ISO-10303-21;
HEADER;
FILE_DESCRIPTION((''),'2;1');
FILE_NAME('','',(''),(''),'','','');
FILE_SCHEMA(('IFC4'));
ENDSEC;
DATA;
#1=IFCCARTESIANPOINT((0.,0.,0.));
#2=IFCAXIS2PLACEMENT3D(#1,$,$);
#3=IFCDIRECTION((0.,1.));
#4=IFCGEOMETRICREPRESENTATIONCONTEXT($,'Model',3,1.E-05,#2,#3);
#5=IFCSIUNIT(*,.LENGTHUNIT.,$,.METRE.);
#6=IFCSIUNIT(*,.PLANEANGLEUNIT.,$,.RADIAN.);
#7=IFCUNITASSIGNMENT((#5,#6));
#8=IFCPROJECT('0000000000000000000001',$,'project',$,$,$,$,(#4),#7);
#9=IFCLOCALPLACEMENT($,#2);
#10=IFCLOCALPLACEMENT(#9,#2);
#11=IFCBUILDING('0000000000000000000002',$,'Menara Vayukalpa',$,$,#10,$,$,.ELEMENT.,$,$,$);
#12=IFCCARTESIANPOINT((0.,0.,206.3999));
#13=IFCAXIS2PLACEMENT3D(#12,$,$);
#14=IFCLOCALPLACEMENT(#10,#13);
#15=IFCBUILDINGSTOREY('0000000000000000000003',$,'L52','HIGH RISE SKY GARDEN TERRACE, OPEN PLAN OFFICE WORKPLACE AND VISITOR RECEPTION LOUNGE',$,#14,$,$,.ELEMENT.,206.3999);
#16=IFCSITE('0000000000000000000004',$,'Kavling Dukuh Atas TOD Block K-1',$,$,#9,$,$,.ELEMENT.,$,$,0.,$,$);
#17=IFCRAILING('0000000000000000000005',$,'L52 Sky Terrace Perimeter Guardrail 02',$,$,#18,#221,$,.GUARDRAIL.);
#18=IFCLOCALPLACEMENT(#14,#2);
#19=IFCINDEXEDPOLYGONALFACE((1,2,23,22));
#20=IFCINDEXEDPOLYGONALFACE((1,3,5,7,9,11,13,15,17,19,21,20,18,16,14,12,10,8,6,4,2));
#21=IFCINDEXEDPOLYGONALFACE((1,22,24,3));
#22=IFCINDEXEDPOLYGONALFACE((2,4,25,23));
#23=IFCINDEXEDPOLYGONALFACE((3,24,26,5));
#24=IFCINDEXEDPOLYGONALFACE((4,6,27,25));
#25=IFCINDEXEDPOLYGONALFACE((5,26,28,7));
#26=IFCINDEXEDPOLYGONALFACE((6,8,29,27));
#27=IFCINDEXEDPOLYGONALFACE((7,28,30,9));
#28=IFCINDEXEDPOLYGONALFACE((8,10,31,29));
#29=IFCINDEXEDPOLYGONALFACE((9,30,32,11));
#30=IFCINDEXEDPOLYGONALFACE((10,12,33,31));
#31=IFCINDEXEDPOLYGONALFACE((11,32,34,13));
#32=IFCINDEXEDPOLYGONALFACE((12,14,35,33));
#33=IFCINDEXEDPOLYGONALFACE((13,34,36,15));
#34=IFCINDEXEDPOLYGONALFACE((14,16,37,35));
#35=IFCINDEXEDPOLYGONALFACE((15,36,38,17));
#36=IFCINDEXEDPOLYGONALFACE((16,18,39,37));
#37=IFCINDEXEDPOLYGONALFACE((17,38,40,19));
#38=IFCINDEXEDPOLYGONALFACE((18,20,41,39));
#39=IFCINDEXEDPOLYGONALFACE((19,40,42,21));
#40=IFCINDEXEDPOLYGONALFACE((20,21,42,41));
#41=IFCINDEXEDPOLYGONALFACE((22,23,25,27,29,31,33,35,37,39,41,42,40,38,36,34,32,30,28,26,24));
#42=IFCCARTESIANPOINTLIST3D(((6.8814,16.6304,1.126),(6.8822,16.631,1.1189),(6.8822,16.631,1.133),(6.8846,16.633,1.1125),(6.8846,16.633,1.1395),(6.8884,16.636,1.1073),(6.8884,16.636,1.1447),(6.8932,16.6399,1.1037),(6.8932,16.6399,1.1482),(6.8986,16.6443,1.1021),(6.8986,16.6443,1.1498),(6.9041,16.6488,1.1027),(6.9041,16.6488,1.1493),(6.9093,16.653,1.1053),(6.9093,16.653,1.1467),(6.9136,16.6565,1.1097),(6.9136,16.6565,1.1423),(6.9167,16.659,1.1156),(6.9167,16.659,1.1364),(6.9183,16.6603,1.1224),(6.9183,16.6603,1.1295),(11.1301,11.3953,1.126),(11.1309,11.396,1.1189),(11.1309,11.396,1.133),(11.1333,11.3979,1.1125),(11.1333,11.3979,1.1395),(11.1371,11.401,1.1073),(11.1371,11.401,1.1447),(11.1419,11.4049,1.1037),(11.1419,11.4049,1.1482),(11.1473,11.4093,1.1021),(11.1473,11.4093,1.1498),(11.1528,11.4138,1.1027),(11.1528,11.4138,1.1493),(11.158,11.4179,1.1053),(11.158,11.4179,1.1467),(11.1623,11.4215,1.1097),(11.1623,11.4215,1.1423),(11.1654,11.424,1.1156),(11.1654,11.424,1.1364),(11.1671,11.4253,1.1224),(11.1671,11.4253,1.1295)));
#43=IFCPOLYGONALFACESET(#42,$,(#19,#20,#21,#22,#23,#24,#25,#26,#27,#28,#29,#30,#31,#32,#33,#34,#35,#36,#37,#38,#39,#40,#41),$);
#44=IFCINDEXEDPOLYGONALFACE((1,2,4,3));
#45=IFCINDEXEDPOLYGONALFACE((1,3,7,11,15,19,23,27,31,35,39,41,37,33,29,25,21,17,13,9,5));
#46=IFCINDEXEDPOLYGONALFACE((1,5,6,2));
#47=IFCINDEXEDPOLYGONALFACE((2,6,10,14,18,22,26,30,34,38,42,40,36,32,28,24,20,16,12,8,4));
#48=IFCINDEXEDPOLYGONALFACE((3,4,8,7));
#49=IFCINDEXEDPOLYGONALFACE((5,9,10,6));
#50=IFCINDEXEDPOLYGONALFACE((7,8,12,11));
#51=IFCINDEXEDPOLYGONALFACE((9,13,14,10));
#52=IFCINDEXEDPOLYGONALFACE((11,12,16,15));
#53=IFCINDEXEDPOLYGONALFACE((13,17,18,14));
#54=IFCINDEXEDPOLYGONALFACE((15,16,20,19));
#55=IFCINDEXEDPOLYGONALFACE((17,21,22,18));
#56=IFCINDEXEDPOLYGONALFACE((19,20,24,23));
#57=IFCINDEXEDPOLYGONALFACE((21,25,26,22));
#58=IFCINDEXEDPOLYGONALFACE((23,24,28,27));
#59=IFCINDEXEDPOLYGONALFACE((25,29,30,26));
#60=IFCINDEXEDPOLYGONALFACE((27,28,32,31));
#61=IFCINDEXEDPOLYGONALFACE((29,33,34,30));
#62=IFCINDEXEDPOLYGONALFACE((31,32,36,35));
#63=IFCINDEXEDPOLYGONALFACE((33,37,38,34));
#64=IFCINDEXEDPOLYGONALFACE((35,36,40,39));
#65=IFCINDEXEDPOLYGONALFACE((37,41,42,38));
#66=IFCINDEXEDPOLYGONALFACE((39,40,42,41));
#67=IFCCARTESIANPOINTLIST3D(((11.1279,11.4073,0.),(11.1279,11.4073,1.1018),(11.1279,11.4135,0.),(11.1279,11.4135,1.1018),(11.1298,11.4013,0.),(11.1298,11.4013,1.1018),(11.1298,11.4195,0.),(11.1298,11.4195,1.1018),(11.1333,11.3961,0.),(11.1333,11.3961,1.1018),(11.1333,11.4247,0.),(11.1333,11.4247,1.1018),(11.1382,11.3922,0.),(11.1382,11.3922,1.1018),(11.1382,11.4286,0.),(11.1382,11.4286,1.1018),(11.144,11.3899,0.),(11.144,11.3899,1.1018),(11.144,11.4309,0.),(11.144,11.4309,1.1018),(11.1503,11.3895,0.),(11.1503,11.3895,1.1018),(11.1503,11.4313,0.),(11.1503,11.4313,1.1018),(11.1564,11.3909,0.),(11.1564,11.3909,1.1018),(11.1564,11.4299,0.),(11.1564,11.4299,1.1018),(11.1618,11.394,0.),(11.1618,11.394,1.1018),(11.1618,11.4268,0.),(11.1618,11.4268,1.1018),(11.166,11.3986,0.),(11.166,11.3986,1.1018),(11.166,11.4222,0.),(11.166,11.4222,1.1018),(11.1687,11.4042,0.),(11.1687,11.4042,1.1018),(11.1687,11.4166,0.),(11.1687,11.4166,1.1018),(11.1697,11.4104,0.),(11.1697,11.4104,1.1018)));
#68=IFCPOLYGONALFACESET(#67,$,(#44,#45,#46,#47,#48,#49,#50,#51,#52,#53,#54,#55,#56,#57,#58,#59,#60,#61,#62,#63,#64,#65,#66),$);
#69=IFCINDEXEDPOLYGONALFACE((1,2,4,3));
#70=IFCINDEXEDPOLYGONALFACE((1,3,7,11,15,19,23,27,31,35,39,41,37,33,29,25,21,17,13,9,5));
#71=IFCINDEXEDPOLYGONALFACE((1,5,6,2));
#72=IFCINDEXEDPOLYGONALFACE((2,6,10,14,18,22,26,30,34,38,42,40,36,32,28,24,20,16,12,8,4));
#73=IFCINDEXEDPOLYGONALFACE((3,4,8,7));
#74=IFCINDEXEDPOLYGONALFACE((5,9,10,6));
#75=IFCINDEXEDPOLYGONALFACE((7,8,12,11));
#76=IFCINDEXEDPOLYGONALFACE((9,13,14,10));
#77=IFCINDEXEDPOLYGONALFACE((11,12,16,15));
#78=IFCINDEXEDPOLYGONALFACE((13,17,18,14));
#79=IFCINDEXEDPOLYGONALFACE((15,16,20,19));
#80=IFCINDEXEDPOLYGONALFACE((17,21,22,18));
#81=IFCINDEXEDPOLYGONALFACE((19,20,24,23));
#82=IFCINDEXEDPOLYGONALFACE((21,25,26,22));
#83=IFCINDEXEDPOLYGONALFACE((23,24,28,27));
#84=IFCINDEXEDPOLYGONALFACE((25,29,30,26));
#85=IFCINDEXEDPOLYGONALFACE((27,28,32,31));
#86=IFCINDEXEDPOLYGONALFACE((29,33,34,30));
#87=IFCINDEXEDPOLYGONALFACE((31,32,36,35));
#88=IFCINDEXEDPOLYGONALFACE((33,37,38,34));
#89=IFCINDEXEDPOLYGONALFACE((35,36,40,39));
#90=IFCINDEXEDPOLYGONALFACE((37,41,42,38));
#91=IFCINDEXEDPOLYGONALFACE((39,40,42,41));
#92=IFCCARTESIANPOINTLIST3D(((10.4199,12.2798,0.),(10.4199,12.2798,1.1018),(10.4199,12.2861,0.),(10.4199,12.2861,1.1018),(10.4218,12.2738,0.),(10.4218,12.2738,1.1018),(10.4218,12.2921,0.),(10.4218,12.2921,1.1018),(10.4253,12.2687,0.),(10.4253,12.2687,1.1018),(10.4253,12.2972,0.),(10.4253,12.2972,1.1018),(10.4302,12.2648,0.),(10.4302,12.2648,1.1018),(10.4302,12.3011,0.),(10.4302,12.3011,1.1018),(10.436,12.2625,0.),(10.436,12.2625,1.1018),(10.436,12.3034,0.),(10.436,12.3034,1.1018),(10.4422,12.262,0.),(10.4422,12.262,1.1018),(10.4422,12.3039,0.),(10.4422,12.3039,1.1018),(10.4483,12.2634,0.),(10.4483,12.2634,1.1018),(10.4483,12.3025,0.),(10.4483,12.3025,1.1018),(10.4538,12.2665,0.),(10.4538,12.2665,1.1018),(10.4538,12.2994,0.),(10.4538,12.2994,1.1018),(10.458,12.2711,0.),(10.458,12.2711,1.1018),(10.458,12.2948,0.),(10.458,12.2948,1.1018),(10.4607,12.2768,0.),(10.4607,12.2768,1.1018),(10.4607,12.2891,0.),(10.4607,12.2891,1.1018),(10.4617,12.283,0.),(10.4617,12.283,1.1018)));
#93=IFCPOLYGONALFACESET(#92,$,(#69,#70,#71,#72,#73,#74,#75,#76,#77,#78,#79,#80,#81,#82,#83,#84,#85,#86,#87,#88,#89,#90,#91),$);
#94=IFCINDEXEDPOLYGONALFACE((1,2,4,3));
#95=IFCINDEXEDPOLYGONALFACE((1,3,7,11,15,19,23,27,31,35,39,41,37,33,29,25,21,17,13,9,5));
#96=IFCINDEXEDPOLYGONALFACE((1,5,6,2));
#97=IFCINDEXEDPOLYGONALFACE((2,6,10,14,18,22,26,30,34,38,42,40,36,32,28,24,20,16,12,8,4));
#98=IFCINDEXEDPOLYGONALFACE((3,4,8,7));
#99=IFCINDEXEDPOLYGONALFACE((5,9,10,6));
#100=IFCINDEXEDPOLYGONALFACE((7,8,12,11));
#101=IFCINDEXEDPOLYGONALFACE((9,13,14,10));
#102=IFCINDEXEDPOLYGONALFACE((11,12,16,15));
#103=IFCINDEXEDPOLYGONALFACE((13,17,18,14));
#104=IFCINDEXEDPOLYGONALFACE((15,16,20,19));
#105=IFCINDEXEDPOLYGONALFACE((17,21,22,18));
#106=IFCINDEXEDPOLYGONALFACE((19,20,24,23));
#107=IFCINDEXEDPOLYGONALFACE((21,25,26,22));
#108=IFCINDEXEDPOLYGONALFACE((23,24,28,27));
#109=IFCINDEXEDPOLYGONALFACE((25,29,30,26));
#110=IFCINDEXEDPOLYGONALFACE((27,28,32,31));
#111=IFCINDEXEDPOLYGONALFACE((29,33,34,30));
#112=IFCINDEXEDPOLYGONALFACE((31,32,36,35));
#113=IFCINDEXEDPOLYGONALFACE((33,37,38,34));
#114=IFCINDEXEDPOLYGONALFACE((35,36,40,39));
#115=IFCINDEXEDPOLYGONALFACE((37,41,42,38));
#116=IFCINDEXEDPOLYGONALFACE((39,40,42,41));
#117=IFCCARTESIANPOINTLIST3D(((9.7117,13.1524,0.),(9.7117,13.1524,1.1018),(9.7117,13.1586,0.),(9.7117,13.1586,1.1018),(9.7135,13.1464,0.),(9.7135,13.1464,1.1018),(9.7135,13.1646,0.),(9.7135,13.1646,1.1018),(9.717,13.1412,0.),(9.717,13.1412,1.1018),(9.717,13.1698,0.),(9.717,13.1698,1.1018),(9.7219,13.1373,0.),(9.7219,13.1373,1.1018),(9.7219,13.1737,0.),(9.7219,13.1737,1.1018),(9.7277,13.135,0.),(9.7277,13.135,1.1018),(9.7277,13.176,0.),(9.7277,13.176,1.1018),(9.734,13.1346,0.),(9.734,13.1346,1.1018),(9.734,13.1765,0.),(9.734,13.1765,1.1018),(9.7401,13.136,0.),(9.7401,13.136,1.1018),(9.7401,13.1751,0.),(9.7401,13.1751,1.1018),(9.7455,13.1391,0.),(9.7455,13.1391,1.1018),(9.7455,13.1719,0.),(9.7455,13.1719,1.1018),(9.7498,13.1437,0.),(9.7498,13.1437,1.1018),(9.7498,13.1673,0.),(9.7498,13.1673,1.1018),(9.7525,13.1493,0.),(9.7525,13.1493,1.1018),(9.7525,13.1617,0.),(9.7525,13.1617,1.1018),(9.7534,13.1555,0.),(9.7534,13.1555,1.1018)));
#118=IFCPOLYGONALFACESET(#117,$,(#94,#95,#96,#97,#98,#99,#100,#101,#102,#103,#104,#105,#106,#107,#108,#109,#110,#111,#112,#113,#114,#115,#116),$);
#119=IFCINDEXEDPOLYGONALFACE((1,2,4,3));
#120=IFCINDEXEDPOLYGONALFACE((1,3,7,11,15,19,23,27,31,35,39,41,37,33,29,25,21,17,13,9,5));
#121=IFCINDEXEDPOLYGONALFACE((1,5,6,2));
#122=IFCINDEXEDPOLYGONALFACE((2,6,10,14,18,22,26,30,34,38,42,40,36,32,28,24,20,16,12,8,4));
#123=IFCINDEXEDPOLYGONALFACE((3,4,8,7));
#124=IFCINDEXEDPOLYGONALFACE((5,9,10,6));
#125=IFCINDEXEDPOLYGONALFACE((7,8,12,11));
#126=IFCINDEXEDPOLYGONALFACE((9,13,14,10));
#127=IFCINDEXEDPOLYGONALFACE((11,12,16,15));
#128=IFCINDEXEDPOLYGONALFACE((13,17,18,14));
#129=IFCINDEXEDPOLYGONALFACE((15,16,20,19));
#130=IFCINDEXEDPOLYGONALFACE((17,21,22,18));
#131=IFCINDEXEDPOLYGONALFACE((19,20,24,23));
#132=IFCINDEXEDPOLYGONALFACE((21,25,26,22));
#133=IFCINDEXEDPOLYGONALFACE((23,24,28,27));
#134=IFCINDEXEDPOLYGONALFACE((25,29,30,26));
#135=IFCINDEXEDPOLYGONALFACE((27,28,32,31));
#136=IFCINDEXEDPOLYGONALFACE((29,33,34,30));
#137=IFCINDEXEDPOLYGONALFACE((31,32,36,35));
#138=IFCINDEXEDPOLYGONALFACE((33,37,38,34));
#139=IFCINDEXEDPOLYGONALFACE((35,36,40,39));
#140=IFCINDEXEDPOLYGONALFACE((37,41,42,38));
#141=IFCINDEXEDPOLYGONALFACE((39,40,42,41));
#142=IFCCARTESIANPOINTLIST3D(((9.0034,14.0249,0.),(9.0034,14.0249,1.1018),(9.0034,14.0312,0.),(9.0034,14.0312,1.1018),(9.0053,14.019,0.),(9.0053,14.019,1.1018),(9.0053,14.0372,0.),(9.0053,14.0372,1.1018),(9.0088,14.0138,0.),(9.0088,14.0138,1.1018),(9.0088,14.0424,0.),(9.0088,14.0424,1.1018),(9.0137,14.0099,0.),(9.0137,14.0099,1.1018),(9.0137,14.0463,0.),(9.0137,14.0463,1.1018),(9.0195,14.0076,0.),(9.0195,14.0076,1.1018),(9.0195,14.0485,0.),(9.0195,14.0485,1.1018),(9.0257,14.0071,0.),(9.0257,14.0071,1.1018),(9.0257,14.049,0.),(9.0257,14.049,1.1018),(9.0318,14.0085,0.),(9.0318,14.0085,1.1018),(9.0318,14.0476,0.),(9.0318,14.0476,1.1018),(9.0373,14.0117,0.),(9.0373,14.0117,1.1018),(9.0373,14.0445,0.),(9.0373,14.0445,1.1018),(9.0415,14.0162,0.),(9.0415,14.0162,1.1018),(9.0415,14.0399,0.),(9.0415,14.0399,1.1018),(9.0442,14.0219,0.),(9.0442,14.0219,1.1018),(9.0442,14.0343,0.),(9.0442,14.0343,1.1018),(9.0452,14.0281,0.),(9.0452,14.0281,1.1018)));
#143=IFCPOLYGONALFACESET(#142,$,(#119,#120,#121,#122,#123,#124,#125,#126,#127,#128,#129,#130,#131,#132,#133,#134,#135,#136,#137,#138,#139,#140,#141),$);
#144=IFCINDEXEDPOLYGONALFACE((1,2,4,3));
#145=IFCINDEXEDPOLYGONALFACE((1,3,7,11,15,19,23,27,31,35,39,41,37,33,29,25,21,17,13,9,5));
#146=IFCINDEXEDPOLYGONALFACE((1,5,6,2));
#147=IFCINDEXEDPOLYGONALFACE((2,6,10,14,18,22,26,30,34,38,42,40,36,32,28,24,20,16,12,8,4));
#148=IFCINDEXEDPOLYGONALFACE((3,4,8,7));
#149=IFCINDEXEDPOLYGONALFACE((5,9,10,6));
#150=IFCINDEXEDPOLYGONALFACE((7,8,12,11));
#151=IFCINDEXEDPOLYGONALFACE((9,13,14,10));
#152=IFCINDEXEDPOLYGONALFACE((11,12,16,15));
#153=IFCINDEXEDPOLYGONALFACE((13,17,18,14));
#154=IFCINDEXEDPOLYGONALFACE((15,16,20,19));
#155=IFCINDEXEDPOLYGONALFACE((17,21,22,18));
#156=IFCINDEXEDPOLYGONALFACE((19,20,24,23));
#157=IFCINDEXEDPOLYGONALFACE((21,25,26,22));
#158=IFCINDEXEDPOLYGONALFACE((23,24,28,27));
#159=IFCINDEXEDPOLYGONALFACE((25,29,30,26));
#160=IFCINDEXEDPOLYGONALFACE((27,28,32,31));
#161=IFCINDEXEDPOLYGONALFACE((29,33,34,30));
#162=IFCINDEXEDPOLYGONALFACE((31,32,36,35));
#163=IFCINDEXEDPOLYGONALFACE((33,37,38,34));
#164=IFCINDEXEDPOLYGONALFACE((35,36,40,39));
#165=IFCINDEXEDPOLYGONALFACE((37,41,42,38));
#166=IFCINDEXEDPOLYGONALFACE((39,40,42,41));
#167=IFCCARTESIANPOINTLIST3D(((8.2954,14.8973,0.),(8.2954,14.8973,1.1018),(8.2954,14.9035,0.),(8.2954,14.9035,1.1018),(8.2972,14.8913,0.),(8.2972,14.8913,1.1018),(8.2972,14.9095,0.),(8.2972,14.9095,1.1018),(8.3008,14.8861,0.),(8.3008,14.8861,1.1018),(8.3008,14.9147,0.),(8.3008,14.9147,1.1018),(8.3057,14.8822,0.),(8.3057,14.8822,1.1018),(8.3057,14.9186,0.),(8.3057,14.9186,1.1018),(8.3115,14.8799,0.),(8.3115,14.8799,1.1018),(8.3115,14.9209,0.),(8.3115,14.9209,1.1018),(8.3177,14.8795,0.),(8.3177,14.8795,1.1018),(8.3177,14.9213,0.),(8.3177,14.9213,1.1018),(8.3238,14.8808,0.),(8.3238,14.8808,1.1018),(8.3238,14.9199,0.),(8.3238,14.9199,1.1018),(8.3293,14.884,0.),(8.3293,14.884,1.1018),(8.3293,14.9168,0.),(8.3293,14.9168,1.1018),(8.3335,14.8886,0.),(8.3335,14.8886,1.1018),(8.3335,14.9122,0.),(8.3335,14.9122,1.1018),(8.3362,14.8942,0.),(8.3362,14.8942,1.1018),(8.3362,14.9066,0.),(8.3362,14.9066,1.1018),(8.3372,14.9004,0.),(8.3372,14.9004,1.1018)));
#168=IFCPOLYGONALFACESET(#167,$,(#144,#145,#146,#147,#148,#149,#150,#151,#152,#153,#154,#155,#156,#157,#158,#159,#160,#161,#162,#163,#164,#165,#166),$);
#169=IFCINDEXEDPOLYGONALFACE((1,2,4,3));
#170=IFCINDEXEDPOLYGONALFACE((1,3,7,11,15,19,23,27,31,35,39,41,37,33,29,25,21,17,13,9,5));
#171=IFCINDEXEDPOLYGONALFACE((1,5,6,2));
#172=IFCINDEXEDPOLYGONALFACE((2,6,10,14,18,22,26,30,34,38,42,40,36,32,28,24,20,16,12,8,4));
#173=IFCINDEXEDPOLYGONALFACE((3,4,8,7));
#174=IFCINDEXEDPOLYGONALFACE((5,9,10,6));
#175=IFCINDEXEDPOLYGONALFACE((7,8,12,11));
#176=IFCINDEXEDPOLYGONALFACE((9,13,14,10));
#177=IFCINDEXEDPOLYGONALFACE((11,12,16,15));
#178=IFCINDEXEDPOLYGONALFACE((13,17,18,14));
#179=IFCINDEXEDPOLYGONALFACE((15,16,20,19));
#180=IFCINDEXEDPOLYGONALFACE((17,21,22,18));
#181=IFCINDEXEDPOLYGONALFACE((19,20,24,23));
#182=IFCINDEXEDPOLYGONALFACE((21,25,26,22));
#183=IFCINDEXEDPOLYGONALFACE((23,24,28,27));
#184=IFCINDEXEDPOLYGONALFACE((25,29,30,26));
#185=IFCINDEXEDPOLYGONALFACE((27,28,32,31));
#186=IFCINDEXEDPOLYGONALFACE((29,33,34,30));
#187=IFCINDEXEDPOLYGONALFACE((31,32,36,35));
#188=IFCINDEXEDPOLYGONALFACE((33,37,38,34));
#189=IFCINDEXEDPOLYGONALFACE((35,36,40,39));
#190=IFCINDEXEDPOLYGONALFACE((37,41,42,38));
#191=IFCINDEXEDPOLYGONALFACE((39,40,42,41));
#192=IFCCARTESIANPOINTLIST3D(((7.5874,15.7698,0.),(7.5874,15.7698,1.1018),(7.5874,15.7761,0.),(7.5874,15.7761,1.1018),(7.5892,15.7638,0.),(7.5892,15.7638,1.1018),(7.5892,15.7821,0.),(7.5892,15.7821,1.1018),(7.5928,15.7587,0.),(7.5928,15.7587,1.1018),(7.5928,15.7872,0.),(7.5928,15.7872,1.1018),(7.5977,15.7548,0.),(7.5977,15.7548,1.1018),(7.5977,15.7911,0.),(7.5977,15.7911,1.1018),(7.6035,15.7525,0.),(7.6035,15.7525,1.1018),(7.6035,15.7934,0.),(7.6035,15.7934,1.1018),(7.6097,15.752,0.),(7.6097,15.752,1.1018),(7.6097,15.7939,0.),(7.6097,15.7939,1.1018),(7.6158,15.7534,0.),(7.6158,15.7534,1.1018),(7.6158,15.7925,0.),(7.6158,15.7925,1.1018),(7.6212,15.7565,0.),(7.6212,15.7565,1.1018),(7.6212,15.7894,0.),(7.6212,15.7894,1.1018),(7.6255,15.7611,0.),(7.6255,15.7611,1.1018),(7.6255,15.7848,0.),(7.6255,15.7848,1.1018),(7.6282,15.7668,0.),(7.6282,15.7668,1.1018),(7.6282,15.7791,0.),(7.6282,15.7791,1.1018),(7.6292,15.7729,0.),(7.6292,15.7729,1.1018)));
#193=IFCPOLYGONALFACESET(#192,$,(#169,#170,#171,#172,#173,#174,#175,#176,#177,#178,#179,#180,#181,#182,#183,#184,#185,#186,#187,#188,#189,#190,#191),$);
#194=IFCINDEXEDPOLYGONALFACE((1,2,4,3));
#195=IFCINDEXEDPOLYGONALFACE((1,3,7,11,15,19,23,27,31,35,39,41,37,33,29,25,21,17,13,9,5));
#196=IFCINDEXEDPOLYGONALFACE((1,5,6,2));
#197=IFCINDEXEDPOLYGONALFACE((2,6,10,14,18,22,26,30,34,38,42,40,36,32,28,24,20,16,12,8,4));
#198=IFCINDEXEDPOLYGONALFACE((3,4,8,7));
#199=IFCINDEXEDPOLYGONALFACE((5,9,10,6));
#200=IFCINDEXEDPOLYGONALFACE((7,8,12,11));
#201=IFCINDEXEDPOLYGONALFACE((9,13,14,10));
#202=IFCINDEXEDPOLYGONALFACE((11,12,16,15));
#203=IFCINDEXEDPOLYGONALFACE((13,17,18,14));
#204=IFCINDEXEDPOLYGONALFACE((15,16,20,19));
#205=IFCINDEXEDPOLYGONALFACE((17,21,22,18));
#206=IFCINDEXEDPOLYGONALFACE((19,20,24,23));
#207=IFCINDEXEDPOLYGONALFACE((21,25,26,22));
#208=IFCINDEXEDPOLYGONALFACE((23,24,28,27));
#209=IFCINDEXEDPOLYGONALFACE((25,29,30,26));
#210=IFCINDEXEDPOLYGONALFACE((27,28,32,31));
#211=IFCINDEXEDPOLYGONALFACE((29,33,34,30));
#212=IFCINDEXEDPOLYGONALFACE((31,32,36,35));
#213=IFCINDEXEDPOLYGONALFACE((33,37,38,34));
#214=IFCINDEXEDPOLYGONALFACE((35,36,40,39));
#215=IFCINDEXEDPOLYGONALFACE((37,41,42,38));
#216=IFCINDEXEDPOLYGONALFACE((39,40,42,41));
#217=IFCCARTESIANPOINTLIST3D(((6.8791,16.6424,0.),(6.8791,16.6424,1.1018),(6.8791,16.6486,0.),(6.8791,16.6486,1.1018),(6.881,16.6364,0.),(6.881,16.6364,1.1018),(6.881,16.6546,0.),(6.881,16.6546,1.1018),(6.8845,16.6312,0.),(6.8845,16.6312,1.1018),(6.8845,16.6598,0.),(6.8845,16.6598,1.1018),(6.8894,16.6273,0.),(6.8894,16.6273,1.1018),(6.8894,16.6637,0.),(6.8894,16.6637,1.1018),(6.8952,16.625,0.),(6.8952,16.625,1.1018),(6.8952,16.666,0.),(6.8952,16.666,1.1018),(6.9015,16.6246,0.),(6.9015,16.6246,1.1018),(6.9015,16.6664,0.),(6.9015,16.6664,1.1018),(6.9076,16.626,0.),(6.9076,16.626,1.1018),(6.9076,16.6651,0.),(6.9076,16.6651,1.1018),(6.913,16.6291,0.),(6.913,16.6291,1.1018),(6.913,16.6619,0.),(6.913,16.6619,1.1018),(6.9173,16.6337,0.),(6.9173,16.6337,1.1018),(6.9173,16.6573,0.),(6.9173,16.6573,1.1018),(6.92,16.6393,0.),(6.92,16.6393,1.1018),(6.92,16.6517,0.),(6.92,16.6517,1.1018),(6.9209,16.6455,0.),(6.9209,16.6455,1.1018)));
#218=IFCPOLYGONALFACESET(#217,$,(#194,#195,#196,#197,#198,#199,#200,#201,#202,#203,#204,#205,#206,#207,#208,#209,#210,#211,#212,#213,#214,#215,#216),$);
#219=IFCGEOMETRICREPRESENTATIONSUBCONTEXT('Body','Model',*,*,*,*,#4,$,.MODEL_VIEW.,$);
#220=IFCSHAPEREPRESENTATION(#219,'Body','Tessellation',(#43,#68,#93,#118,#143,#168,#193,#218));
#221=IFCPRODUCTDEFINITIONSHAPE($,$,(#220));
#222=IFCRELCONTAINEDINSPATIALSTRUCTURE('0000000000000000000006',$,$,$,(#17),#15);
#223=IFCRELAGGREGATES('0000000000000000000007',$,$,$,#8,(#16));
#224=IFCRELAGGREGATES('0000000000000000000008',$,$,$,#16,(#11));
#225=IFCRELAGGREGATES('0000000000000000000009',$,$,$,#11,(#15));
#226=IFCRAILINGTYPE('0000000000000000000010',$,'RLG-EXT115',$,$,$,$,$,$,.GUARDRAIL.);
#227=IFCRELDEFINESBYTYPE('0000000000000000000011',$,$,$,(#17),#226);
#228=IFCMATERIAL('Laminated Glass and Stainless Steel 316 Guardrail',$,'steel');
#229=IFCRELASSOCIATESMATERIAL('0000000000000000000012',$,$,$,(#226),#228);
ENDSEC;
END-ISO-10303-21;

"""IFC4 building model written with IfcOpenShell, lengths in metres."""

from ifc_helpers import new_model, si_unit, direction, frame, origin, origin_2d, place, context, subcontext, project, spatial, circle, extrude, material, type_object, element, save


model = new_model("IFC4")

# Units and contexts
model_context = context("Model", 3, precision=1e-05, world=origin(), true_north=direction((0.0, 1.0)))
body_context = subcontext(model_context, "Body", "Model", "MODEL_VIEW")
ifc_project = project(units=[si_unit("LENGTHUNIT", "METRE"), si_unit("PLANEANGLEUNIT", "RADIAN")], contexts=[model_context])

# Site, building, storey
site_placement = place(None, origin())
site = spatial("IfcSite", under=ifc_project, at=site_placement, Name="Kavling Dukuh Atas TOD Block K-1", CompositionType="ELEMENT", RefElevation=0.0)
building_placement = place(site_placement, origin())
building = spatial("IfcBuilding", under=site, at=building_placement, Name="Menara Vayukalpa", CompositionType="ELEMENT")
storey_placement = place(building_placement, frame((0.0, 0.0, 206.3999)))
storey = spatial("IfcBuildingStorey", under=building, at=storey_placement, Name="L52", Description="HIGH RISE SKY GARDEN TERRACE, OPEN PLAN OFFICE WORKPLACE AND VISITOR RECEPTION LOUNGE", CompositionType="ELEMENT", Elevation=206.3999)

# Railing
ifc_material_1 = material(Name="Laminated Glass and Stainless Steel 316 Guardrail", Category="steel")
railing_type = type_object("IfcRailingType", Name="RLG-EXT115", PredefinedType="GUARDRAIL", material=ifc_material_1)
railing_1_placement = place(storey_placement, frame((11.1487, 11.4104, 0.0)))
element("IfcRailing", 1, at=railing_1_placement, inside=storey, type_object=railing_type, Name="L52 Sky Terrace Perimeter Guardrail 02", PredefinedType="GUARDRAIL", context=body_context, shape_type="SweptSolid", body=[
    extrude(circle(Radius=0.0239, at=origin_2d()), frame((0.0, 0.0, 1.126), z_axis=(-0.630169, 0.776458, 0.0), x_axis=(-0.776458, -0.630169, 0.0)), (0.0, 0.0, 1.0), 6.7422),
    extrude(circle(Radius=0.021, at=origin_2d()), origin(), (0.0, 0.0, 1.0), 1.1018),
    extrude(circle(Radius=0.021, at=origin_2d()), frame((-0.708, 0.8726, 0.0)), (0.0, 0.0, 1.0), 1.1018),
    extrude(circle(Radius=0.021, at=origin_2d()), frame((-1.4163, 1.7451, 0.0)), (0.0, 0.0, 1.0), 1.1018),
    extrude(circle(Radius=0.021, at=origin_2d()), frame((-2.1245, 2.6177, 0.0)), (0.0, 0.0, 1.0), 1.1018),
    extrude(circle(Radius=0.021, at=origin_2d()), frame((-2.8325, 3.49, 0.0)), (0.0, 0.0, 1.0), 1.1018),
    extrude(circle(Radius=0.021, at=origin_2d()), frame((-3.5405, 4.3625, 0.0)), (0.0, 0.0, 1.0), 1.1018),
    extrude(circle(Radius=0.021, at=origin_2d()), frame((-4.2488, 5.2351, 0.0)), (0.0, 0.0, 1.0), 1.1018),
])

save(model, "model.ifc")
